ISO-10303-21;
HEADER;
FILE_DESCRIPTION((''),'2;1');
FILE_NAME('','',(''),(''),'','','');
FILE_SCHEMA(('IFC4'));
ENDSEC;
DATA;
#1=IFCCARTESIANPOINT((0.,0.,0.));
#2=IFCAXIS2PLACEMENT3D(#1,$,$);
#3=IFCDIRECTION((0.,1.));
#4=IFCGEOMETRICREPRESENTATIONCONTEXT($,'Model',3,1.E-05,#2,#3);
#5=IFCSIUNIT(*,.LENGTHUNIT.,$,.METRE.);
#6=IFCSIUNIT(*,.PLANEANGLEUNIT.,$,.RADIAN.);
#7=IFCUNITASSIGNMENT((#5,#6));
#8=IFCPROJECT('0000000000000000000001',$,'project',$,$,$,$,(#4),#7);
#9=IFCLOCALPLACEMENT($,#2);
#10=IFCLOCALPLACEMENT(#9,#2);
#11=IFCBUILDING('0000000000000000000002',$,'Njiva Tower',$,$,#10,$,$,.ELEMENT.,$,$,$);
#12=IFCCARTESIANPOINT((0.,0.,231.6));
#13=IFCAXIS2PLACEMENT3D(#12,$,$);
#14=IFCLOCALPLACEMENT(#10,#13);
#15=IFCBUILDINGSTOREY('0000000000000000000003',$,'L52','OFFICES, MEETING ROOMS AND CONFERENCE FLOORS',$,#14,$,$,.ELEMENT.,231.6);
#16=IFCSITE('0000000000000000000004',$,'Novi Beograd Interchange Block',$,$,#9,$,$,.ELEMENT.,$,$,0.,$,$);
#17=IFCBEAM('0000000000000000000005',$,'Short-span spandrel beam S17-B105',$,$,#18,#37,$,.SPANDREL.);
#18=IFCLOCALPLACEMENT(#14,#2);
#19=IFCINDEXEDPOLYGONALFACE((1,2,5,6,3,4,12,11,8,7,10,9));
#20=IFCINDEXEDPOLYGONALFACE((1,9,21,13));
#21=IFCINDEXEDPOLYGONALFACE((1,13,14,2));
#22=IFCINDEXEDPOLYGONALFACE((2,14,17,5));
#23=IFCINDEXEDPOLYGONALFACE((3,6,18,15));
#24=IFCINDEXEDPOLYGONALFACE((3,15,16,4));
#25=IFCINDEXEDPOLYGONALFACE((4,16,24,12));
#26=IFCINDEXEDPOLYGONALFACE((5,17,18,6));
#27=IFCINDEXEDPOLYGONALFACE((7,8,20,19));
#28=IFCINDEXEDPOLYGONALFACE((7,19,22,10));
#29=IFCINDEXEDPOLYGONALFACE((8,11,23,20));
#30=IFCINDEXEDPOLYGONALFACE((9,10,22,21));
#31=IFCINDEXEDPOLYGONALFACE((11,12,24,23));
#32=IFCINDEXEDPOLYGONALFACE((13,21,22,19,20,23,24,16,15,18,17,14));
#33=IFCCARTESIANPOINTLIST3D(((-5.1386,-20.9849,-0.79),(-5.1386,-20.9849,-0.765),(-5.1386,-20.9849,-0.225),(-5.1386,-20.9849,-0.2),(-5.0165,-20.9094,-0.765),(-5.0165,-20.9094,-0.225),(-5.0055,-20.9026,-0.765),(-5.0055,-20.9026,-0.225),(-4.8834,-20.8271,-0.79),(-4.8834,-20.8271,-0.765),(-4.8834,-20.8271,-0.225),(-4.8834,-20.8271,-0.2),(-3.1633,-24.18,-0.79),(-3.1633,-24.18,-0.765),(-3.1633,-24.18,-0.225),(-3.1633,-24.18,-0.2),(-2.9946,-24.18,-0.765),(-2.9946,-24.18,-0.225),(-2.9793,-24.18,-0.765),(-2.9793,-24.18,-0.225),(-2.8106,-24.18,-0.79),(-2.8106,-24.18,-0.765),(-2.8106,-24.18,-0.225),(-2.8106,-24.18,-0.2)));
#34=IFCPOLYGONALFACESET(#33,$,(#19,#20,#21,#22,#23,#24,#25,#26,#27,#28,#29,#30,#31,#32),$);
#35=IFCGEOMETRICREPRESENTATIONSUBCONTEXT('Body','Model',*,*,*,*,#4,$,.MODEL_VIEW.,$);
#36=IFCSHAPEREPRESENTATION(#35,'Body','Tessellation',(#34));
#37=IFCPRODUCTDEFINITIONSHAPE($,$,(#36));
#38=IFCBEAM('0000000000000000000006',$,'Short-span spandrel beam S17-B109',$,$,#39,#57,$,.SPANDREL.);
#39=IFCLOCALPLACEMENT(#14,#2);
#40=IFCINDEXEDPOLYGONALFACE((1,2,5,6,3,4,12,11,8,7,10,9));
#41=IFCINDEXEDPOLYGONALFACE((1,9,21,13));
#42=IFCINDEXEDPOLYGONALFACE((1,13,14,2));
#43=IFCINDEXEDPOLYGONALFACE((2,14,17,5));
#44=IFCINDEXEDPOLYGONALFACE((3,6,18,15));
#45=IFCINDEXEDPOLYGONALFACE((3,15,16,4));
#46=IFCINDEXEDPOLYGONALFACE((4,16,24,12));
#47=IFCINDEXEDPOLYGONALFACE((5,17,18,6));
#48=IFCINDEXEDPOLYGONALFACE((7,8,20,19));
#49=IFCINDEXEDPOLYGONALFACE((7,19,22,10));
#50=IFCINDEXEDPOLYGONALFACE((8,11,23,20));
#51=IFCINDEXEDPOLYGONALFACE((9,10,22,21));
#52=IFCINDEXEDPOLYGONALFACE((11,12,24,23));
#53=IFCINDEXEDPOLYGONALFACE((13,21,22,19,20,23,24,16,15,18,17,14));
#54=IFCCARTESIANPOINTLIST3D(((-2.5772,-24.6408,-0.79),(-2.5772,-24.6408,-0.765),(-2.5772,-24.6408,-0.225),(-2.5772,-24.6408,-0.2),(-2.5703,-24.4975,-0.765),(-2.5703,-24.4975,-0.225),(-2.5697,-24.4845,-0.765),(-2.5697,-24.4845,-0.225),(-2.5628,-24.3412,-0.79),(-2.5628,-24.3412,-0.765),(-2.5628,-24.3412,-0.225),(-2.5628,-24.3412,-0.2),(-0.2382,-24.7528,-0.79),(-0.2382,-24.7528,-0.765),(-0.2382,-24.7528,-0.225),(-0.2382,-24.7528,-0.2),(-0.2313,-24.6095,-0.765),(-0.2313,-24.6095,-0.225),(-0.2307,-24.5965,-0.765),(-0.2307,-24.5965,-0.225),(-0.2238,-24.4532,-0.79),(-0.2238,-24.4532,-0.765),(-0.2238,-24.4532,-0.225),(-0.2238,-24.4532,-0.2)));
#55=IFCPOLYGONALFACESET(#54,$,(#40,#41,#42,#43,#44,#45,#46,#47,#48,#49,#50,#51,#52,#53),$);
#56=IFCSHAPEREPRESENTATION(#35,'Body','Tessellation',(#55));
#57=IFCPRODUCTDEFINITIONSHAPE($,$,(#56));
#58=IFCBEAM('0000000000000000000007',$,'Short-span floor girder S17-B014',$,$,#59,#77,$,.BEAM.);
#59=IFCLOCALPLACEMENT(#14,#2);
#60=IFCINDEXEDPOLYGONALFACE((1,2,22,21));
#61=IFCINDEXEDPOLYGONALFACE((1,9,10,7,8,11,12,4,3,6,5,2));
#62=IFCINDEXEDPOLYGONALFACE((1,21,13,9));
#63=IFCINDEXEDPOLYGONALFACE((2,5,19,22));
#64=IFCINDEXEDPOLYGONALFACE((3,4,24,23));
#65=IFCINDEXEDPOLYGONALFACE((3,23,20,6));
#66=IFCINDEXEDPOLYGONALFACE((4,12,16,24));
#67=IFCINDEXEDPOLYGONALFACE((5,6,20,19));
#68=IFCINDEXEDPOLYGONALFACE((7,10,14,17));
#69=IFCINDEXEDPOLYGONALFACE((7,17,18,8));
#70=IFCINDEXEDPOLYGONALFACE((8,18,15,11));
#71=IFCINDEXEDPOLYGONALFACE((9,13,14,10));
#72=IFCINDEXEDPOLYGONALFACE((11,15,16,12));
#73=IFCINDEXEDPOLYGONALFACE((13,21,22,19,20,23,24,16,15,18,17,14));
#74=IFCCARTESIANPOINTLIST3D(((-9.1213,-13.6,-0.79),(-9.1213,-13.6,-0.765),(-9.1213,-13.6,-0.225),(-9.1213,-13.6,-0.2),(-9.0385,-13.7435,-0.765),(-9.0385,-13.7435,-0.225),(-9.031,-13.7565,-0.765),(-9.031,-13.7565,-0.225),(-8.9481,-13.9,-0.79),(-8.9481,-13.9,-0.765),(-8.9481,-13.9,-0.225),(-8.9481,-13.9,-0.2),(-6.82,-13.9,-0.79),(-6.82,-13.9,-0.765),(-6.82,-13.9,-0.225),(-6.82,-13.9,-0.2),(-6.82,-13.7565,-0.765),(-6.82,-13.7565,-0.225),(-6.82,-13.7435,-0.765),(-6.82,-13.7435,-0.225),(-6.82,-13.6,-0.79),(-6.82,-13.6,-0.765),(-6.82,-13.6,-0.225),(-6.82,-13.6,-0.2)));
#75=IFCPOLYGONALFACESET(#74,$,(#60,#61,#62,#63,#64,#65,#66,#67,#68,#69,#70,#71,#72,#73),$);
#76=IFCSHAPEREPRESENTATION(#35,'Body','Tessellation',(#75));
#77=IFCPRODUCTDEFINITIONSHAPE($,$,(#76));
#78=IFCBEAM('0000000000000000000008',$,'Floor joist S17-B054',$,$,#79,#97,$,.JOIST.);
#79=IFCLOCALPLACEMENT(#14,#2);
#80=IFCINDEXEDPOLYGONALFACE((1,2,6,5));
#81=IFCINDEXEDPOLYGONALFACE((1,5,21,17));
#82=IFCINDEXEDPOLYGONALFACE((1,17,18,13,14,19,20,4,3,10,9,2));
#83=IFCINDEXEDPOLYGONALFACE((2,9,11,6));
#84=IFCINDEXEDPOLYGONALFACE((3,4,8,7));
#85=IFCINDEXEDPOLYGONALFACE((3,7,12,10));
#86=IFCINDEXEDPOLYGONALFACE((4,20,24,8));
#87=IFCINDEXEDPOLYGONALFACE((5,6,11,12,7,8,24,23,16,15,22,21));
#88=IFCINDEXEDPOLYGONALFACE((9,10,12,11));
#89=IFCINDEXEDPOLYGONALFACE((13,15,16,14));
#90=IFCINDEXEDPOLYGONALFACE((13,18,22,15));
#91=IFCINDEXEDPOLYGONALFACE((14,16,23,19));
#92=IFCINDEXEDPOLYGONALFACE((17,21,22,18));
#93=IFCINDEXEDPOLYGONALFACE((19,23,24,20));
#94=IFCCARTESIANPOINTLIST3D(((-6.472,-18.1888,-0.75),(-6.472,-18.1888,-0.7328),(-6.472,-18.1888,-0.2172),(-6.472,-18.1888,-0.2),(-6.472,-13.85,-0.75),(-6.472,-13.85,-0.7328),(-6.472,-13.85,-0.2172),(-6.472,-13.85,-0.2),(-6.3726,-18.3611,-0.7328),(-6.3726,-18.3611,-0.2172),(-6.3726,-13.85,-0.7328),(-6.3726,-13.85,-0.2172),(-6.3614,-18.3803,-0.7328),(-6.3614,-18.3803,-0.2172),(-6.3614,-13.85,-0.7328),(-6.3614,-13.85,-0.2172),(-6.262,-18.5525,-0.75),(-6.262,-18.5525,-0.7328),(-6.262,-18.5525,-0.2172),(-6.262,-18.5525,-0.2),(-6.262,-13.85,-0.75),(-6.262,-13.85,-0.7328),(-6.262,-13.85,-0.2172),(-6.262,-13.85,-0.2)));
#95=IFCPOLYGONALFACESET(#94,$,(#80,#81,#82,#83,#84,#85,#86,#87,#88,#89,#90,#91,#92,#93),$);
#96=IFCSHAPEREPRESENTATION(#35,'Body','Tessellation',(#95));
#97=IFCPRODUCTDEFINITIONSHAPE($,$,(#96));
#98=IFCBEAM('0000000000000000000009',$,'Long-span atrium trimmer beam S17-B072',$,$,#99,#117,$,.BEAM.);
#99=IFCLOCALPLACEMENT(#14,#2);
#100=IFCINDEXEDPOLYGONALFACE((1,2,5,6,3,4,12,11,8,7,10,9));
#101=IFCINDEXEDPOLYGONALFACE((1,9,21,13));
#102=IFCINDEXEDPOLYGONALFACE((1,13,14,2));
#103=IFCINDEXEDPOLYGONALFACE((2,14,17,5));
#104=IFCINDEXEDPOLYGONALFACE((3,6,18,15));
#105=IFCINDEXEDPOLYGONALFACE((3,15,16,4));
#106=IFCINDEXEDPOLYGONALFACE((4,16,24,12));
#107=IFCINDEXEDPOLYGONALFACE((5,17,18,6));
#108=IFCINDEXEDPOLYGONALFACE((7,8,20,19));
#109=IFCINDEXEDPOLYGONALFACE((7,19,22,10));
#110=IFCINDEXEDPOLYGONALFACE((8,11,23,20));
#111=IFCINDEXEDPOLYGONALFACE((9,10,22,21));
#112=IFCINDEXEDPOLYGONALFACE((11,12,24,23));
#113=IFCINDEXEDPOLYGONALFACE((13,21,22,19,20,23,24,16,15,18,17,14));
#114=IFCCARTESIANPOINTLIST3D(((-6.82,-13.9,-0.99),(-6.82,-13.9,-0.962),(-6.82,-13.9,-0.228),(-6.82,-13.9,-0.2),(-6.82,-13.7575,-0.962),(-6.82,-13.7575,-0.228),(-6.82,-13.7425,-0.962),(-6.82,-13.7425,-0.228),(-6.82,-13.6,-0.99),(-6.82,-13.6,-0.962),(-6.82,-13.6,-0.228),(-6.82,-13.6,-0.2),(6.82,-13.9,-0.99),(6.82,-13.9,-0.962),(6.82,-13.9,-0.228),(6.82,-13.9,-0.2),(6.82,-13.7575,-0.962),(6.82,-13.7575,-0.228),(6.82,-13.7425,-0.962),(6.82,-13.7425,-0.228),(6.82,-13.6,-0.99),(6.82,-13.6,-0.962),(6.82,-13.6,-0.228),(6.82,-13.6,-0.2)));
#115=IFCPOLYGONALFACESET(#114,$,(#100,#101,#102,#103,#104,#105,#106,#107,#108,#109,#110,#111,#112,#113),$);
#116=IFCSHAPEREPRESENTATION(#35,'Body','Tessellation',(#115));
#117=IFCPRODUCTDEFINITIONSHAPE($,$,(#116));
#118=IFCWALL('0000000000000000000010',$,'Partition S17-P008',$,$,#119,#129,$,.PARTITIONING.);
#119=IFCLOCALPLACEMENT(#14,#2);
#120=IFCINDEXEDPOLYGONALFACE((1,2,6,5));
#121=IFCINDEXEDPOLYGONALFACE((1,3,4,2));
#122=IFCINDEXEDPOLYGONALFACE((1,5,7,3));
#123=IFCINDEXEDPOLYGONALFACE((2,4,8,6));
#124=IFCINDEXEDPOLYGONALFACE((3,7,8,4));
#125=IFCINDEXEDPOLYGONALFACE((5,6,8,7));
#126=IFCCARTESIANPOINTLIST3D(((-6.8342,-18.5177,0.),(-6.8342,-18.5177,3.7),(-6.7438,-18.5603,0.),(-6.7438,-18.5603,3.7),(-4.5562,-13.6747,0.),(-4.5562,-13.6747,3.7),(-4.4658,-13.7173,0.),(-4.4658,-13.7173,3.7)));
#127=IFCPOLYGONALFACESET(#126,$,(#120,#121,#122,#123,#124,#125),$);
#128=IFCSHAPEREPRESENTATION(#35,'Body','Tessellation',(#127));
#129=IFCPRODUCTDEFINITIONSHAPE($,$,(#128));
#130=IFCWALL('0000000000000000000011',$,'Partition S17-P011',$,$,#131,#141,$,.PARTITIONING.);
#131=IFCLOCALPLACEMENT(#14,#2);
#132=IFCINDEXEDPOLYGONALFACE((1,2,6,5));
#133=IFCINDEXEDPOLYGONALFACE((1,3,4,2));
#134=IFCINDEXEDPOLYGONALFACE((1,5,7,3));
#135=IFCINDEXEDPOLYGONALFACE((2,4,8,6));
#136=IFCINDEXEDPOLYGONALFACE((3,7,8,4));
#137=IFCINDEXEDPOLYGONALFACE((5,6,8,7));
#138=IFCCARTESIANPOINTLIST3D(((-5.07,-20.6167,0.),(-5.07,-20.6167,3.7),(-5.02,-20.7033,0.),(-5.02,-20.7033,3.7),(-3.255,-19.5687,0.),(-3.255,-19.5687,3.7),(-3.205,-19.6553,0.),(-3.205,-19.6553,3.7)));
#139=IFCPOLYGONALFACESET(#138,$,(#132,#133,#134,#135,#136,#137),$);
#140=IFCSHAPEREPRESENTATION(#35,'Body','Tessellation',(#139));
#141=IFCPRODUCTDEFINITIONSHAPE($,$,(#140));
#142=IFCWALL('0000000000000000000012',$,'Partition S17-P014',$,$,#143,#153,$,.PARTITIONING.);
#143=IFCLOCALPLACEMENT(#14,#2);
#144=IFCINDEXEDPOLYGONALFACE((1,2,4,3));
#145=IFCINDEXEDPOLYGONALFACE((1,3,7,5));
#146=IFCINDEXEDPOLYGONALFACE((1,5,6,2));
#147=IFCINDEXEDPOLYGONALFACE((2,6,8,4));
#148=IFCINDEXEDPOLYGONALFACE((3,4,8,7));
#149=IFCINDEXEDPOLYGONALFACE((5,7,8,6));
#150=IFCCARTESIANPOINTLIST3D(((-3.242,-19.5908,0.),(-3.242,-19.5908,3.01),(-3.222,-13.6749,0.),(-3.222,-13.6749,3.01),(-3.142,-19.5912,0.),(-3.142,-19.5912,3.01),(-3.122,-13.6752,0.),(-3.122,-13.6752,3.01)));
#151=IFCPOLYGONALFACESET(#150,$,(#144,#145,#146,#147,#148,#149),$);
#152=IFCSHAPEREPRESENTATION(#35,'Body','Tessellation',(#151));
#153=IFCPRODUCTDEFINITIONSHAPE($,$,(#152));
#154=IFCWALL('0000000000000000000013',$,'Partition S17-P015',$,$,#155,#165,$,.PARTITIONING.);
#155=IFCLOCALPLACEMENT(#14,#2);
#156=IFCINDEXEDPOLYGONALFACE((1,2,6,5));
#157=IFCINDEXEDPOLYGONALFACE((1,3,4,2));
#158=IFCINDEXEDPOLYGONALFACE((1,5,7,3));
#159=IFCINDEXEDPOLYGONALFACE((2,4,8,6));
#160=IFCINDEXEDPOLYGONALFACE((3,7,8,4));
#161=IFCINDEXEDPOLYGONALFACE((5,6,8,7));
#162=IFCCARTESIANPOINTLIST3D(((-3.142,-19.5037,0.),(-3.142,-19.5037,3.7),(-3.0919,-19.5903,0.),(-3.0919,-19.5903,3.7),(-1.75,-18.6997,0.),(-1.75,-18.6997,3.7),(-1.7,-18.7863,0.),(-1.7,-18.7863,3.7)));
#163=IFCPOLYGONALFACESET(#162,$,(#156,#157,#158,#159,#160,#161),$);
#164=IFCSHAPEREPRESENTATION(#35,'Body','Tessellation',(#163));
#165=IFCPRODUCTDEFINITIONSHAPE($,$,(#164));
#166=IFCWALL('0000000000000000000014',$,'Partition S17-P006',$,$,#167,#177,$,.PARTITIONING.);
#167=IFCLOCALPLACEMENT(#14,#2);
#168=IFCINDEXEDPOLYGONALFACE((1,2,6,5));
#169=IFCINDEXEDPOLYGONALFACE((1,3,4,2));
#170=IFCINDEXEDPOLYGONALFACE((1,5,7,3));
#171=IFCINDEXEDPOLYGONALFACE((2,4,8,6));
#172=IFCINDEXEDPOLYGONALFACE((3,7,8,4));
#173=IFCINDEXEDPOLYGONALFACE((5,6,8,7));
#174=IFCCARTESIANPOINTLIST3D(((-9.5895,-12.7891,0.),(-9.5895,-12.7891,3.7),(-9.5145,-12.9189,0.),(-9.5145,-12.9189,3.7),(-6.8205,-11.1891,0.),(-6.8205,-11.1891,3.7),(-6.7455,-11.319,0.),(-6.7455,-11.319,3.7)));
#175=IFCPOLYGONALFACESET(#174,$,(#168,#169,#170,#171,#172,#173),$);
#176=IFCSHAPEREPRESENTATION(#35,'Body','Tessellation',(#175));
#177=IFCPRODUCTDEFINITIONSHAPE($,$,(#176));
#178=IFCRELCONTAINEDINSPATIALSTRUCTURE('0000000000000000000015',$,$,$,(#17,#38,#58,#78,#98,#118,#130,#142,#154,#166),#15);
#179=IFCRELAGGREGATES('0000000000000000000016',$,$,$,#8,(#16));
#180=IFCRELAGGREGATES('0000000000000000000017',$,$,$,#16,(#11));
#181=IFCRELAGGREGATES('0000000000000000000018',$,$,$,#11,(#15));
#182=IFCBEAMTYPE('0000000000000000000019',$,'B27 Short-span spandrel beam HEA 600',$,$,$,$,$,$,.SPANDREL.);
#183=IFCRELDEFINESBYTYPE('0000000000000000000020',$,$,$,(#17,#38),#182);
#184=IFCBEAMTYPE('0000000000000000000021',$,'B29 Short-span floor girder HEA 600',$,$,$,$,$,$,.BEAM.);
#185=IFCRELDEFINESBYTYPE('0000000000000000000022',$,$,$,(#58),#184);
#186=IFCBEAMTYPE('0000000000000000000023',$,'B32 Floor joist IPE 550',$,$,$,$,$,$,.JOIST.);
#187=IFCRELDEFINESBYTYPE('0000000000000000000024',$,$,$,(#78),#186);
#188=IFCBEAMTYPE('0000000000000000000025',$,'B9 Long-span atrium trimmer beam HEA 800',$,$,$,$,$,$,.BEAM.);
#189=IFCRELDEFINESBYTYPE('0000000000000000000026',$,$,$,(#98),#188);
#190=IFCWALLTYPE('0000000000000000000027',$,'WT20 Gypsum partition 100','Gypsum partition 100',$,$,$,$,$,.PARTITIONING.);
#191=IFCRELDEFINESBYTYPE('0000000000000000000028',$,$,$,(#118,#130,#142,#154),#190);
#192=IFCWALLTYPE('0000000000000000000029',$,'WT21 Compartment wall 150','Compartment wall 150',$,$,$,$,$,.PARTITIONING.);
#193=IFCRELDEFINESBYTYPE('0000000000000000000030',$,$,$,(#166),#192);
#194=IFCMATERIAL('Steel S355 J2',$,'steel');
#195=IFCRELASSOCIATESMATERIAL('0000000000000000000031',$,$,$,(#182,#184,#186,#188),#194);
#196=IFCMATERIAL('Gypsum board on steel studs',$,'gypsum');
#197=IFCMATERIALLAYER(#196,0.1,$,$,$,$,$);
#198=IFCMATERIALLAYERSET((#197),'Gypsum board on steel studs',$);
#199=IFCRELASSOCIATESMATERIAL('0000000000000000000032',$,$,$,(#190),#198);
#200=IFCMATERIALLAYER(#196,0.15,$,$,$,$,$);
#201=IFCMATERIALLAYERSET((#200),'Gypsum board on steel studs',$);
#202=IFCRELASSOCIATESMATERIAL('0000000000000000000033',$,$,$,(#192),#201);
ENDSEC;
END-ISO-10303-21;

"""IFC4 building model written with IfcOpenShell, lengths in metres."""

from ifc_helpers import new_model, si_unit, direction, frame, frame_2d, origin, origin_2d, place, context, subcontext, project, spatial, rectangle, i_section, extrude, clip, halfspace, material, layer, layer_set, material_profile, profile_set, type_object, element, save


model = new_model("IFC4")

# Units and contexts
model_context = context("Model", 3, precision=1e-05, world=origin(), true_north=direction((0.0, 1.0)))
body_context = subcontext(model_context, "Body", "Model", "MODEL_VIEW")
ifc_project = project(units=[si_unit("LENGTHUNIT", "METRE"), si_unit("PLANEANGLEUNIT", "RADIAN")], contexts=[model_context])

# Site, building, storey
site_placement = place(None, origin())
site = spatial("IfcSite", under=ifc_project, at=site_placement, Name="Novi Beograd Interchange Block", CompositionType="ELEMENT", RefElevation=0.0)
building_placement = place(site_placement, origin())
building = spatial("IfcBuilding", under=site, at=building_placement, Name="Njiva Tower", CompositionType="ELEMENT")
storey_placement = place(building_placement, frame((0.0, 0.0, 231.6)))
storey = spatial("IfcBuildingStorey", under=building, at=storey_placement, Name="L52", Description="OFFICES, MEETING ROOMS AND CONFERENCE FLOORS", CompositionType="ELEMENT", Elevation=231.6)

# Shared definitions
ifc_material_1 = material(Name="Steel S355 J2", Category="steel")

# Beams
ifc_material_profile_1 = material_profile(ifc_material_1, i_section(OverallWidth=0.3, OverallDepth=0.59, WebThickness=0.013, FlangeThickness=0.025, at=origin_2d()), Name="HEA 600")
ifc_profile_set_1 = profile_set([ifc_material_profile_1], Name="Steel S355 J2")
beam_type_1 = type_object("IfcBeamType", Name="B27 Short-span spandrel beam HEA 600", PredefinedType="SPANDREL", material=ifc_profile_set_1)
beam_1_placement = place(storey_placement, frame((-5.011, -20.906, -0.495), z_axis=(0.525836, -0.850586, 0.0), x_axis=(0.850586, 0.525836, 0.0)))
element("IfcBeam", 1, at=beam_1_placement, inside=storey, type_object=beam_type_1, Name="Short-span spandrel beam S17-B105", PredefinedType="SPANDREL", context=body_context, shape_type="Clipping", body=[
    clip(extrude(i_section(OverallWidth=0.3, OverallDepth=0.59, WebThickness=0.013, FlangeThickness=0.025, at=origin_2d()), origin(), (0.0, 0.0, 1.0), 3.9621), halfspace(frame((-0.0263, 0.0, 3.8329), z_axis=(-0.525836, 0.0, 0.850586), x_axis=(0.0, 1.0, 0.0)), False)),
])
beam_2_placement = place(storey_placement, frame((-2.57, -24.491, -0.495), z_axis=(0.998856, -0.047829, 0.0), x_axis=(0.047829, 0.998856, 0.0)))
element("IfcBeam", 2, at=beam_2_placement, inside=storey, type_object=beam_type_1, Name="Short-span spandrel beam S17-B109", PredefinedType="SPANDREL", context=body_context, shape_type="SweptSolid", body=[
    extrude(i_section(OverallWidth=0.3, OverallDepth=0.59, WebThickness=0.013, FlangeThickness=0.025, at=origin_2d()), origin(), (0.0, 0.0, 1.0), 2.3417),
])
ifc_material_profile_2 = material_profile(ifc_material_1, i_section(OverallWidth=0.3, OverallDepth=0.59, WebThickness=0.013, FlangeThickness=0.025, at=origin_2d()), Name="HEA 600")
ifc_profile_set_2 = profile_set([ifc_material_profile_2], Name="Steel S355 J2")
beam_type_2 = type_object("IfcBeamType", Name="B29 Short-span floor girder HEA 600", PredefinedType="BEAM", material=ifc_profile_set_2)
beam_3_placement = place(storey_placement, frame((-9.142, -13.75, -0.495), z_axis=(1.0, 0.0, 0.0), x_axis=(0.0, 1.0, 0.0)))
element("IfcBeam", 3, at=beam_3_placement, inside=storey, type_object=beam_type_2, Name="Short-span floor girder S17-B014", PredefinedType="BEAM", context=body_context, shape_type="Clipping", body=[
    clip(extrude(i_section(OverallWidth=0.3, OverallDepth=0.59, WebThickness=0.013, FlangeThickness=0.025, at=origin_2d()), origin(), (0.0, 0.0, 1.0), 2.322), halfspace(frame((-0.025, 0.0, 0.1217), z_axis=(-0.499998, 0.0, -0.866027), x_axis=(0.0, -1.0, 0.0)), False)),
])
ifc_material_profile_3 = material_profile(ifc_material_1, i_section(OverallWidth=0.21, OverallDepth=0.55, WebThickness=0.0111, FlangeThickness=0.0172, at=origin_2d()), Name="IPE 550")
ifc_profile_set_3 = profile_set([ifc_material_profile_3], Name="Steel S355 J2")
beam_type_3 = type_object("IfcBeamType", Name="B32 Floor joist IPE 550", PredefinedType="JOIST", material=ifc_profile_set_3)
beam_4_placement = place(storey_placement, frame((-6.367, -13.85, -0.475), z_axis=(0.0, -1.0, 0.0), x_axis=(1.0, 0.0, 0.0)))
element("IfcBeam", 4, at=beam_4_placement, inside=storey, type_object=beam_type_3, Name="Floor joist S17-B054", PredefinedType="JOIST", context=body_context, shape_type="Clipping", body=[
    clip(extrude(i_section(OverallWidth=0.21, OverallDepth=0.55, WebThickness=0.0111, FlangeThickness=0.0172, at=origin_2d()), origin(), (0.0, 0.0, 1.0), 4.723), halfspace(frame((-0.043, 0.0, 4.4462), z_axis=(-0.866027, 0.0, 0.499998), x_axis=(0.0, 1.0, 0.0)), False)),
])
ifc_material_profile_4 = material_profile(ifc_material_1, i_section(OverallWidth=0.3, OverallDepth=0.79, WebThickness=0.015, FlangeThickness=0.028, at=origin_2d()), Name="HEA 800")
ifc_profile_set_4 = profile_set([ifc_material_profile_4], Name="Steel S355 J2")
beam_type_4 = type_object("IfcBeamType", Name="B9 Long-span atrium trimmer beam HEA 800", PredefinedType="BEAM", material=ifc_profile_set_4)
beam_5_placement = place(storey_placement, frame((-6.82, -13.75, -0.595), z_axis=(1.0, 0.0, 0.0), x_axis=(0.0, 1.0, 0.0)))
element("IfcBeam", 5, at=beam_5_placement, inside=storey, type_object=beam_type_4, Name="Long-span atrium trimmer beam S17-B072", PredefinedType="BEAM", context=body_context, shape_type="SweptSolid", body=[
    extrude(i_section(OverallWidth=0.3, OverallDepth=0.79, WebThickness=0.015, FlangeThickness=0.028, at=origin_2d()), origin(), (0.0, 0.0, 1.0), 13.64),
])

# Walls
ifc_material_2 = material(Name="Gypsum board on steel studs", Category="gypsum")
ifc_layer_1 = layer(ifc_material_2, 0.1)
ifc_layer_set_1 = layer_set([ifc_layer_1], Name="Gypsum board on steel studs")
wall_type_1 = type_object("IfcWallType", Name="WT20 Gypsum partition 100", Description="Gypsum partition 100", PredefinedType="PARTITIONING", material=ifc_layer_set_1)
wall_1_placement = place(storey_placement, frame((-6.789, -18.539, 0.0), z_axis=(0.0, 0.0, 1.0), x_axis=(0.425635, 0.904895, 0.0)))
element("IfcWall", 6, at=wall_1_placement, inside=storey, type_object=wall_type_1, Name="Partition S17-P008", PredefinedType="PARTITIONING", context=body_context, shape_type="SweptSolid", body=[
    extrude(rectangle(XDim=5.352, YDim=0.1, at=frame_2d((2.676, 0.0))), origin(), (0.0, 0.0, 1.0), 3.7),
])
wall_2_placement = place(storey_placement, frame((-5.045, -20.66, 0.0), z_axis=(0.0, 0.0, 1.0), x_axis=(0.866003, 0.500039, 0.0)))
element("IfcWall", 7, at=wall_2_placement, inside=storey, type_object=wall_type_1, Name="Partition S17-P011", PredefinedType="PARTITIONING", context=body_context, shape_type="SweptSolid", body=[
    extrude(rectangle(XDim=2.0958, YDim=0.1, at=frame_2d((1.0479, 0.0))), origin(), (0.0, 0.0, 1.0), 3.7),
])
wall_3_placement = place(storey_placement, frame((-3.192, -19.591, 0.0), z_axis=(0.0, 0.0, 1.0), x_axis=(0.003381, 0.999994, 0.0)))
element("IfcWall", 8, at=wall_3_placement, inside=storey, type_object=wall_type_1, Name="Partition S17-P014", PredefinedType="PARTITIONING", context=body_context, shape_type="SweptSolid", body=[
    extrude(rectangle(XDim=5.916, YDim=0.1, at=frame_2d((2.958, 0.0))), origin(), (0.0, 0.0, 1.0), 3.01),
])
wall_4_placement = place(storey_placement, frame((-3.117, -19.547, 0.0), z_axis=(0.0, 0.0, 1.0), x_axis=(0.865937, 0.500153, 0.0)))
element("IfcWall", 9, at=wall_4_placement, inside=storey, type_object=wall_type_1, Name="Partition S17-P015", PredefinedType="PARTITIONING", context=body_context, shape_type="SweptSolid", body=[
    extrude(rectangle(XDim=1.6075, YDim=0.1, at=frame_2d((0.8038, 0.0))), origin(), (0.0, 0.0, 1.0), 3.7),
])
ifc_layer_2 = layer(ifc_material_2, 0.15)
ifc_layer_set_2 = layer_set([ifc_layer_2], Name="Gypsum board on steel studs")
wall_type_2 = type_object("IfcWallType", Name="WT21 Compartment wall 150", Description="Compartment wall 150", PredefinedType="PARTITIONING", material=ifc_layer_set_2)
wall_5_placement = place(storey_placement, frame((-9.552, -12.854, 0.0), z_axis=(0.0, 0.0, 1.0), x_axis=(0.865847, 0.500309, 0.0)))
element("IfcWall", 10, at=wall_5_placement, inside=storey, type_object=wall_type_2, Name="Partition S17-P006", PredefinedType="PARTITIONING", context=body_context, shape_type="SweptSolid", body=[
    extrude(rectangle(XDim=3.198, YDim=0.15, at=frame_2d((1.599, 0.0))), origin(), (0.0, 0.0, 1.0), 3.7),
])

save(model, "model.ifc")
